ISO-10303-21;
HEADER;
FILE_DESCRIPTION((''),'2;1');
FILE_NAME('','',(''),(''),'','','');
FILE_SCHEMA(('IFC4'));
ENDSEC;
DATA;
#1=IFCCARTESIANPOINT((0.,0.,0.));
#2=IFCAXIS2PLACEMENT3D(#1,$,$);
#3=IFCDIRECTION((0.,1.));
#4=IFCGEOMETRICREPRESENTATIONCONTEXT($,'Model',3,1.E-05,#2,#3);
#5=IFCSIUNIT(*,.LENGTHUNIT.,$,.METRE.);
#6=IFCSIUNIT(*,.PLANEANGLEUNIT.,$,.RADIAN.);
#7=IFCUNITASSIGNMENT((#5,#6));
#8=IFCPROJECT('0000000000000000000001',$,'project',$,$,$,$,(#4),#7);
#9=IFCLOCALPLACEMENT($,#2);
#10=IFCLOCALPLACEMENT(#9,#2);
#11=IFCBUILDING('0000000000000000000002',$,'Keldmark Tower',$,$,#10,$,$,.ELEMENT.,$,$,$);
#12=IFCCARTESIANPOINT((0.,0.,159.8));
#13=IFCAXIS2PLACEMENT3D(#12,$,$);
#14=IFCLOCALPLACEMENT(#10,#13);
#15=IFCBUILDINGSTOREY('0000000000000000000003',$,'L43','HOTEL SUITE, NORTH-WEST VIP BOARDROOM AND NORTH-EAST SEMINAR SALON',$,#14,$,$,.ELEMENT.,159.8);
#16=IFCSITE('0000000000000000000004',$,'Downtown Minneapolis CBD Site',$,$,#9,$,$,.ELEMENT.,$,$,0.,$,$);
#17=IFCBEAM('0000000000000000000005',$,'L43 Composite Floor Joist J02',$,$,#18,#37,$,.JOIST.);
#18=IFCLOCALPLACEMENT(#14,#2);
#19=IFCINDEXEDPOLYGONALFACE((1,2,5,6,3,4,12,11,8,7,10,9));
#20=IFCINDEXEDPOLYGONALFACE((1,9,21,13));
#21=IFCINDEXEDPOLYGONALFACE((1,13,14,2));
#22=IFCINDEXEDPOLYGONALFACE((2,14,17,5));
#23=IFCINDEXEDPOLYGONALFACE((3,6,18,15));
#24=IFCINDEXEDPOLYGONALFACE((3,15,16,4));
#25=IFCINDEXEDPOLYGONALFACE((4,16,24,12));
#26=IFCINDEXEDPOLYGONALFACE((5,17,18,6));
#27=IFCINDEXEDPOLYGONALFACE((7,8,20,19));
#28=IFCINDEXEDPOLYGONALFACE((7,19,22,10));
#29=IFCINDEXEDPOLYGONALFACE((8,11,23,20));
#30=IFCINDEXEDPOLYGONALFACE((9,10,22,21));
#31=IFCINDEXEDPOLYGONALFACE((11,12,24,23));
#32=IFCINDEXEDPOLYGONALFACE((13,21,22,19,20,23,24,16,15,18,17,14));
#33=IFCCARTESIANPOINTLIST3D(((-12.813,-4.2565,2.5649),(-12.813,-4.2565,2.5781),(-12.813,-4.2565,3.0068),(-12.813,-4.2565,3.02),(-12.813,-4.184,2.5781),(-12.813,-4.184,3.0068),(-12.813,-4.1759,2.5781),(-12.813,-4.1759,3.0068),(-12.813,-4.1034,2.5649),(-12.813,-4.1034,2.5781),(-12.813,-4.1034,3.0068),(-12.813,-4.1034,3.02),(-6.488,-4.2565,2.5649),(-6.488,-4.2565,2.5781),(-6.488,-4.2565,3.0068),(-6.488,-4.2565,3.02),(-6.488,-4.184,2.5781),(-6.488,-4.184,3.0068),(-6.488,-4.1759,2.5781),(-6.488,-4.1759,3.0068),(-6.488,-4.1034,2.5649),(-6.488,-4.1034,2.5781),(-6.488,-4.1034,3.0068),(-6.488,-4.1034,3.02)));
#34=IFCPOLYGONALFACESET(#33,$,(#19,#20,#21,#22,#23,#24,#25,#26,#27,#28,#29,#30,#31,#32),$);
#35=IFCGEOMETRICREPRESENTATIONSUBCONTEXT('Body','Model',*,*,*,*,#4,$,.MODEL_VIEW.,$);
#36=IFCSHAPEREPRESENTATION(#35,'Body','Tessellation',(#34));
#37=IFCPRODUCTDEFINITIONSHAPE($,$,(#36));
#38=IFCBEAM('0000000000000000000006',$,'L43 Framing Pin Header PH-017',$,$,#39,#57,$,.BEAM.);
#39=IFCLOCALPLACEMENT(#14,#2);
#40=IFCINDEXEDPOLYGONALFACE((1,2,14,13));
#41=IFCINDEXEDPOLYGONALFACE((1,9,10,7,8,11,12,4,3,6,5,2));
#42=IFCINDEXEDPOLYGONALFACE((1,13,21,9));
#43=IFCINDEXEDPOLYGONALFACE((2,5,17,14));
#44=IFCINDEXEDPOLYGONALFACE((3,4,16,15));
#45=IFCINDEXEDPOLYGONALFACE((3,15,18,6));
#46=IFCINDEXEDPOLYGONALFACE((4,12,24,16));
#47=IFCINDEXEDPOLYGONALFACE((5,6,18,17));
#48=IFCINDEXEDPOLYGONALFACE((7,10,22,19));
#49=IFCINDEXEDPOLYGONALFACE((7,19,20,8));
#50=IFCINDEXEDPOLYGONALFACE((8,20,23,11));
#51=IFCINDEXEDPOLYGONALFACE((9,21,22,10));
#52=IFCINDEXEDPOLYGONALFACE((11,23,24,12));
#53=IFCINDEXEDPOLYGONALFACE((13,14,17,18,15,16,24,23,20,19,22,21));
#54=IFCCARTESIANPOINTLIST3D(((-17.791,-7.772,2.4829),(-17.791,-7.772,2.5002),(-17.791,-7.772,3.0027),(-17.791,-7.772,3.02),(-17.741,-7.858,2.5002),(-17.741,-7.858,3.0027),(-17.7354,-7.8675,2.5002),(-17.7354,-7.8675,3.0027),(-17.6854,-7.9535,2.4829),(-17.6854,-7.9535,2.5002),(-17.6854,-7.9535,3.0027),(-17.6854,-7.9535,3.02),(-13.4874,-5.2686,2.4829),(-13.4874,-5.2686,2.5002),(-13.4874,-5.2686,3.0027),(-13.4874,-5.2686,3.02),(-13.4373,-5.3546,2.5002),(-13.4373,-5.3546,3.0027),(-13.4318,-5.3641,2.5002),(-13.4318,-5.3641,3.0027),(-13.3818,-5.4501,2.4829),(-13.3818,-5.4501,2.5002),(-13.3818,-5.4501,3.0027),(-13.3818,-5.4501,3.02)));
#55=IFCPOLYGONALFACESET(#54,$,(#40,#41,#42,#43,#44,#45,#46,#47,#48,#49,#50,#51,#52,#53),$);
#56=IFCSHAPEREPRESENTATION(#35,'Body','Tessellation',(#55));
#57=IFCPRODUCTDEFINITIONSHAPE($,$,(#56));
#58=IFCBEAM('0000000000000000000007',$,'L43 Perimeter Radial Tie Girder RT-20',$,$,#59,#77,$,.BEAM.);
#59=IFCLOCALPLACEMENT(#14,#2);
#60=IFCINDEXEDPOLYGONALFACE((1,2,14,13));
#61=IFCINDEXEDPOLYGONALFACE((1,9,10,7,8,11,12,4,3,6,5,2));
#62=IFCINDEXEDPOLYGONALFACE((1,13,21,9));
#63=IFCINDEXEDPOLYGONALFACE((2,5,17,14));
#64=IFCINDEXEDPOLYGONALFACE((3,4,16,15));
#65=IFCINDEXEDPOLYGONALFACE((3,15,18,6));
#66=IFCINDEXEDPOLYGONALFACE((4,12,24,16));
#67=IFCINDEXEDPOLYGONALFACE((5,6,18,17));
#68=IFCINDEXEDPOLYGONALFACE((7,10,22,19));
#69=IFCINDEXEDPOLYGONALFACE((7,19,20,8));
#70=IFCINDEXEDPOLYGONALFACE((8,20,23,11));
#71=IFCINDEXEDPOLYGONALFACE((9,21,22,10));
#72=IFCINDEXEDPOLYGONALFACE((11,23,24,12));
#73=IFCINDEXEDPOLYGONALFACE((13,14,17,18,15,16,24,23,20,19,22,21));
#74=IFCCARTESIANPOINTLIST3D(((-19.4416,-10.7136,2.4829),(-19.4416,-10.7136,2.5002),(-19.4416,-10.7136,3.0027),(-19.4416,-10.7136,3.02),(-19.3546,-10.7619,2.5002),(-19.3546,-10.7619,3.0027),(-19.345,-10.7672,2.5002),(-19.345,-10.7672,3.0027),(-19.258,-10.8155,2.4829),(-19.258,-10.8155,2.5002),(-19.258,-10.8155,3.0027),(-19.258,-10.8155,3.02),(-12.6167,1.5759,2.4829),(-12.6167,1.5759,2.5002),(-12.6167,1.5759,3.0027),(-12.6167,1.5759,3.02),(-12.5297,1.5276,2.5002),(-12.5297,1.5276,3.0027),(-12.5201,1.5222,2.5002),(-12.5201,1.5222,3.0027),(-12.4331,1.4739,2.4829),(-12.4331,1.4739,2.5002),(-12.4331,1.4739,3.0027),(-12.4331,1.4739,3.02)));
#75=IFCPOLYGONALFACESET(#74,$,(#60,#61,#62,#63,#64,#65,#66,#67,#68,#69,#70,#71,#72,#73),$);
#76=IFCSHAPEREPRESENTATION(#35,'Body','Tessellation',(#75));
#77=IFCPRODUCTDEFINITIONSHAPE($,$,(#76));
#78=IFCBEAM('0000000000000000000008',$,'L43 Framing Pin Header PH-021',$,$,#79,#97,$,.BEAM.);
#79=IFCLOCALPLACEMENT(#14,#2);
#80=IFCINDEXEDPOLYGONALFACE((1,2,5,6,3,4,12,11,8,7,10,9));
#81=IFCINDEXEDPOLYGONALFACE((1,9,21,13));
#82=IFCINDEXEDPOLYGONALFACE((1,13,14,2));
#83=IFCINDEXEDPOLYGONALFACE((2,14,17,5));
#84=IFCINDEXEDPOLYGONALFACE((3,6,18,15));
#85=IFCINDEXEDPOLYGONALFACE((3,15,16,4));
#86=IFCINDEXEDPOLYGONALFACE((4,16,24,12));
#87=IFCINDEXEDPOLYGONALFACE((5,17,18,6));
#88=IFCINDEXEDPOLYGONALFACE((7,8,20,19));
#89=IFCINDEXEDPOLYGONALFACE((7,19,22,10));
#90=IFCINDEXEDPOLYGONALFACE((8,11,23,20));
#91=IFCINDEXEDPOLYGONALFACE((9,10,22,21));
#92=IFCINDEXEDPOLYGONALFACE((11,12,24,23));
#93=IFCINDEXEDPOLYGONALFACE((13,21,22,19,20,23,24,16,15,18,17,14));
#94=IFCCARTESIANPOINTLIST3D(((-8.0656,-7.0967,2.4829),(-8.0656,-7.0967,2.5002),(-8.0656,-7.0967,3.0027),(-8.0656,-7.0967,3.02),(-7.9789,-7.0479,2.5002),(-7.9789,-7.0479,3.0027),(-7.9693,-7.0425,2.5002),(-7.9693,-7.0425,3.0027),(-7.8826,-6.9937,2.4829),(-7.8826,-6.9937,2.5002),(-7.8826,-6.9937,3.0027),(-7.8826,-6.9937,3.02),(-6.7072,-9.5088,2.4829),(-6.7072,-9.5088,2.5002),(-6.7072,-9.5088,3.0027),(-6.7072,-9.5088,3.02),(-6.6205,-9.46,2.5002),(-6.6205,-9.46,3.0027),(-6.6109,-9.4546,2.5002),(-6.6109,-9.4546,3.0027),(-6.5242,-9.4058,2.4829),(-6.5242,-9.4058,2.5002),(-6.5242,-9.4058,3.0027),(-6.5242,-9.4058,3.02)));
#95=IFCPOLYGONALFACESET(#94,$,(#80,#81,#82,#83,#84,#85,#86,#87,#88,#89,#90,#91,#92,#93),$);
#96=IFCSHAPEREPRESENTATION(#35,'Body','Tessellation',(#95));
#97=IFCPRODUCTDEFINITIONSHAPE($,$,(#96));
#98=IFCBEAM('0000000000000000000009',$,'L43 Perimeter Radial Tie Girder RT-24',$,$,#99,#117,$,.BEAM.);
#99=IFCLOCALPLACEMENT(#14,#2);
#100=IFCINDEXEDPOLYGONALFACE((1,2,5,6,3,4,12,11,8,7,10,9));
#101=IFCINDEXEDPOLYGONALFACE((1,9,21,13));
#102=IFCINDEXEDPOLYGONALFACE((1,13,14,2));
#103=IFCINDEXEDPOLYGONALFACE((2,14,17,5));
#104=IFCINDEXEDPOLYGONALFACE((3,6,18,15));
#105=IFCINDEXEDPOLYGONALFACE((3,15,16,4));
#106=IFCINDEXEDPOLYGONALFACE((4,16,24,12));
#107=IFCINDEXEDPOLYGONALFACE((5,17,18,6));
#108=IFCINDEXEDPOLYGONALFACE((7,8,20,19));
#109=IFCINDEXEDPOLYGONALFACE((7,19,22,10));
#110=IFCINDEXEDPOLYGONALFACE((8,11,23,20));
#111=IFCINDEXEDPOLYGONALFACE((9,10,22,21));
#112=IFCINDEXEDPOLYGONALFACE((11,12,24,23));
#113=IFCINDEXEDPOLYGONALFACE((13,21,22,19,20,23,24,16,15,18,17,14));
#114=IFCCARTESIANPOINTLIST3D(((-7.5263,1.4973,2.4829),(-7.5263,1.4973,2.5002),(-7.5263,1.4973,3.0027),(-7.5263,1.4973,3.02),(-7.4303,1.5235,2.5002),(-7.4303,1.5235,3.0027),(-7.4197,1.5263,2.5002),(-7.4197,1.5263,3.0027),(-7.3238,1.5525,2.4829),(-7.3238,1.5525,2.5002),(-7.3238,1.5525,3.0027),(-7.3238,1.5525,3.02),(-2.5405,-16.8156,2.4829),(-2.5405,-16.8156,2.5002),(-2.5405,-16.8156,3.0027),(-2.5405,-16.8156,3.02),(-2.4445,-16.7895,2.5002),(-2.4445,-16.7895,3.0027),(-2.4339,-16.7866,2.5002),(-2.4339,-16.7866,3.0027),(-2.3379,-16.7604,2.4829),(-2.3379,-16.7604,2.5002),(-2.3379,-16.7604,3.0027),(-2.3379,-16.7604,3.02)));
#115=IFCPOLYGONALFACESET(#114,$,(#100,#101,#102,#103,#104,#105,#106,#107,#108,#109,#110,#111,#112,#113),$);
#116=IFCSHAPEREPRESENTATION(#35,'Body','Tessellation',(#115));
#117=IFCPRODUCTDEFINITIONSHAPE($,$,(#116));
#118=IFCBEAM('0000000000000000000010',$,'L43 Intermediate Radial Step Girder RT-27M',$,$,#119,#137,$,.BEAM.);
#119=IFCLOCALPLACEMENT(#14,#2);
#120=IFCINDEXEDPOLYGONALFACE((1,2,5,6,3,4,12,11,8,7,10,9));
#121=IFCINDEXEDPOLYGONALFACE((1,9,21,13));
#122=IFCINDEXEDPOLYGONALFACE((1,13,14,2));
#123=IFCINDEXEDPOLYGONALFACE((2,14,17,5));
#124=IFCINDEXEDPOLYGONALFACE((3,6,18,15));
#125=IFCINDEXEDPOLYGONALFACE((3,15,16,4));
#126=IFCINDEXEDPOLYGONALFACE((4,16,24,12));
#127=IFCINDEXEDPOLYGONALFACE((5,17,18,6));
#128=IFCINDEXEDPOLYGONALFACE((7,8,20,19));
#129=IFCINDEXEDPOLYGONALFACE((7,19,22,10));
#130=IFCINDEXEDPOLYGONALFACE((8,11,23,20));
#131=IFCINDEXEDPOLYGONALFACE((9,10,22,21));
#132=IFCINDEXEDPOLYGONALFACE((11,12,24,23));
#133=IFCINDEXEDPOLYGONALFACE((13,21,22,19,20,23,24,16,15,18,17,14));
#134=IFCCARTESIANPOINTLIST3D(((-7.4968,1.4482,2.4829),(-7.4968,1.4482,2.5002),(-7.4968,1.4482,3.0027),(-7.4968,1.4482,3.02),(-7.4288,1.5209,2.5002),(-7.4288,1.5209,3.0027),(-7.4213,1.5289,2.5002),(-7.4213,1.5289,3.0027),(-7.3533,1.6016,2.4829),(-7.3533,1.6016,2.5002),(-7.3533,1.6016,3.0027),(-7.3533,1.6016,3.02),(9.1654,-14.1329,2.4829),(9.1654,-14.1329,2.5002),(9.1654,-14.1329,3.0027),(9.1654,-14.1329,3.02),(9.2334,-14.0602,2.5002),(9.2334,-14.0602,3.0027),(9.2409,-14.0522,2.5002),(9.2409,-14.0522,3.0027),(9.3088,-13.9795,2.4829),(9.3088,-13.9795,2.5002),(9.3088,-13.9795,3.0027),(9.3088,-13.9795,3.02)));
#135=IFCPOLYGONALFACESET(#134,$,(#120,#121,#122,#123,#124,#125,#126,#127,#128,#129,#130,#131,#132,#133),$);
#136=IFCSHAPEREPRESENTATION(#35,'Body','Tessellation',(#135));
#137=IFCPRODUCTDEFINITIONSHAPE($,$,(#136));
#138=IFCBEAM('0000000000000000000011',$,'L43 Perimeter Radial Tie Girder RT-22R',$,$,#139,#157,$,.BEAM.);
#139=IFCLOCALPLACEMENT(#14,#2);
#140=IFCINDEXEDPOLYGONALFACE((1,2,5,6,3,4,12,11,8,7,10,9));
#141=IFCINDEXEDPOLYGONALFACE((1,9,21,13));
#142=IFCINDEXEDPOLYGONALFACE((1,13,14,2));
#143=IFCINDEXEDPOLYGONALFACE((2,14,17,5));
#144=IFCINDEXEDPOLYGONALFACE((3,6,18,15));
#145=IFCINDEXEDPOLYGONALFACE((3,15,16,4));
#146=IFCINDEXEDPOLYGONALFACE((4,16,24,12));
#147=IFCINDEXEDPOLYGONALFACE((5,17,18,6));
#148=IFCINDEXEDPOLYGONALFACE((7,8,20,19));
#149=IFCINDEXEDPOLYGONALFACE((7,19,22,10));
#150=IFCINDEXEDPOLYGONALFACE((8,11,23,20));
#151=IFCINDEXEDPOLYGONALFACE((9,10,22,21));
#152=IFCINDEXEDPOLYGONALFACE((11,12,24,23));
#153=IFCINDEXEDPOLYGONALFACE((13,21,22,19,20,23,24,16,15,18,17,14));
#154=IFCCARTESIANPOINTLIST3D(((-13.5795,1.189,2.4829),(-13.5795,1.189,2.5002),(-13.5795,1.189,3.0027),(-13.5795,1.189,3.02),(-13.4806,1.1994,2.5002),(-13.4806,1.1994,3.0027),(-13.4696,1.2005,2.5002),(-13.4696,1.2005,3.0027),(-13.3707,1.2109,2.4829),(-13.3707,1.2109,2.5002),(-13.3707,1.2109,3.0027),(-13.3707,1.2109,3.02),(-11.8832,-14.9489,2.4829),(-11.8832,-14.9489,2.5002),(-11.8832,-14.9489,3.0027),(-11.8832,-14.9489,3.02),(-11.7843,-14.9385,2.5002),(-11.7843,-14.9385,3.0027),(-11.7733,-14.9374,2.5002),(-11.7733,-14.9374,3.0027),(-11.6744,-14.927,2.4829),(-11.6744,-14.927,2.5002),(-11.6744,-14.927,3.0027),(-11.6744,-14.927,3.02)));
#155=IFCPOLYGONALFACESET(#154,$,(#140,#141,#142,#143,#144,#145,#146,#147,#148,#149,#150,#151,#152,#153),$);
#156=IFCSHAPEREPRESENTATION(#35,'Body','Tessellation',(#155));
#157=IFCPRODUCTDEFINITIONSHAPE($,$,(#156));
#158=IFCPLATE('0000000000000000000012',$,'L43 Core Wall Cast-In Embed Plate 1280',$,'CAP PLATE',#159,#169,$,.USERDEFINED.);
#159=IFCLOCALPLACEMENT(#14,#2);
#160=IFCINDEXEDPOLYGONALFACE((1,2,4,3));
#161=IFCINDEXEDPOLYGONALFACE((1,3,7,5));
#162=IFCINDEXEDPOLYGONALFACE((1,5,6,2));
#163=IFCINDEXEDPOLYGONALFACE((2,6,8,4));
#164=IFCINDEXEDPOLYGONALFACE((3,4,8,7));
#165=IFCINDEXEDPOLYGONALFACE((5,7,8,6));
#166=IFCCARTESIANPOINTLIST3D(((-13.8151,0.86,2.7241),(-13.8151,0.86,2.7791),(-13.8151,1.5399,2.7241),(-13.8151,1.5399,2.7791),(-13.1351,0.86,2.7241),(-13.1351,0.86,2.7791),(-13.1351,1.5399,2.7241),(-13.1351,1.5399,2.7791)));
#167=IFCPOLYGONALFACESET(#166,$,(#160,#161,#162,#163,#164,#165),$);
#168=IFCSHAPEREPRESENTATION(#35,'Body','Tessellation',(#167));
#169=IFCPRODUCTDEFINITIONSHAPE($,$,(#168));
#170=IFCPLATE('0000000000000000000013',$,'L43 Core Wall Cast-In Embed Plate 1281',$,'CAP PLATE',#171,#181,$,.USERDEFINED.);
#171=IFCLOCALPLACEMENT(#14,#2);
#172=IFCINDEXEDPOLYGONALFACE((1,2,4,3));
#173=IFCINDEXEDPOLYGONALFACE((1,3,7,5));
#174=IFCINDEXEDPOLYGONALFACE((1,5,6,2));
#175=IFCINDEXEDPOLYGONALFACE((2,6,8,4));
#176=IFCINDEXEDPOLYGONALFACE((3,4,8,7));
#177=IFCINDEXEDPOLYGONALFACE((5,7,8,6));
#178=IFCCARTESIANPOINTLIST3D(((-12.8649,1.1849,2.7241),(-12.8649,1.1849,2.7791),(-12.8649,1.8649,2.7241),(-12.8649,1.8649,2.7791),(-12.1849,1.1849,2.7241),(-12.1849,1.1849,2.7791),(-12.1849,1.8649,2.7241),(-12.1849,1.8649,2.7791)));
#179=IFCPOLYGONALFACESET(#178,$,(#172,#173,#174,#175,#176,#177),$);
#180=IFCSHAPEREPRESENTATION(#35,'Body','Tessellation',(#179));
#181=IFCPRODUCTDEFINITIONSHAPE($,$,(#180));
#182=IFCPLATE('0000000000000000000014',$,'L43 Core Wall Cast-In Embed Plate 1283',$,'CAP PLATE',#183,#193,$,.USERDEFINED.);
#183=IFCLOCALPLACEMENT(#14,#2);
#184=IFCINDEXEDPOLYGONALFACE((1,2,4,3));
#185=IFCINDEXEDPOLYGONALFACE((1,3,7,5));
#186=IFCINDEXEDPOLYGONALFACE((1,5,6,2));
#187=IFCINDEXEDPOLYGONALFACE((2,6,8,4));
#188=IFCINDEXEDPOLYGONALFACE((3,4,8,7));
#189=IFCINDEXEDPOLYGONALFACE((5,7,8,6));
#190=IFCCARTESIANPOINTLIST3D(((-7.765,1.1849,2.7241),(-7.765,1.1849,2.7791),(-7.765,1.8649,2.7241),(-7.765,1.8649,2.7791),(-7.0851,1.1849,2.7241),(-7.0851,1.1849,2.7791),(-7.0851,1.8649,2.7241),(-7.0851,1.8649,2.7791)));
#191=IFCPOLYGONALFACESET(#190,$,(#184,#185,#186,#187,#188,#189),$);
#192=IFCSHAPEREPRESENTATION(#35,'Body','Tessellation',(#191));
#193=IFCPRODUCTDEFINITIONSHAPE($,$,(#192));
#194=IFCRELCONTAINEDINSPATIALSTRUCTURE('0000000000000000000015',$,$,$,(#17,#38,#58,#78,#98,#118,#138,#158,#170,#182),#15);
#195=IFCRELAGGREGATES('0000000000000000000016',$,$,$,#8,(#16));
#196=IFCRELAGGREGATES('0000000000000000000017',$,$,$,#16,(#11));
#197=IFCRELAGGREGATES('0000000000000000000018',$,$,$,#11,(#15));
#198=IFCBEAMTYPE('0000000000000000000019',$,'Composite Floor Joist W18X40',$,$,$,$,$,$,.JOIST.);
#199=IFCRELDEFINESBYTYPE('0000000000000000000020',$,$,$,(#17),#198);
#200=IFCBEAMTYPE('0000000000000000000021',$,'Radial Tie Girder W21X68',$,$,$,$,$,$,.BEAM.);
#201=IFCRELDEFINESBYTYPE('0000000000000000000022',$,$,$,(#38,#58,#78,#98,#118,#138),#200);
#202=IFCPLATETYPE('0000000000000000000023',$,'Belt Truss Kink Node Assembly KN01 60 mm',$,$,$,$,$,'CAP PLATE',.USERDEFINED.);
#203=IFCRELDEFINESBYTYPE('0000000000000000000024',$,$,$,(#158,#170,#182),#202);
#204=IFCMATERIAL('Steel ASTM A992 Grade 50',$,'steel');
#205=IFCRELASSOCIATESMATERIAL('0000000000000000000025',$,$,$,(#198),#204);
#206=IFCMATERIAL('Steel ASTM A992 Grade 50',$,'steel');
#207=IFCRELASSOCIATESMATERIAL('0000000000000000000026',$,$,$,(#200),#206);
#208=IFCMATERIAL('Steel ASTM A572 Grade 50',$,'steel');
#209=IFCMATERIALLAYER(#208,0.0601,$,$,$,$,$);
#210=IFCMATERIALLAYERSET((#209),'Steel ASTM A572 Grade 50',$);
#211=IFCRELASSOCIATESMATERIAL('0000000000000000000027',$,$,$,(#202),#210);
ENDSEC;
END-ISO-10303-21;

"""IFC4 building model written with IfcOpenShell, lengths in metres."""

from ifc_helpers import new_model, si_unit, direction, frame, origin, origin_2d, place, context, subcontext, project, spatial, rectangle, i_section, extrude, material, layer, layer_set, material_profile, profile_set, type_object, element, save


model = new_model("IFC4")

# Units and contexts
model_context = context("Model", 3, precision=1e-05, world=origin(), true_north=direction((0.0, 1.0)))
body_context = subcontext(model_context, "Body", "Model", "MODEL_VIEW")
ifc_project = project(units=[si_unit("LENGTHUNIT", "METRE"), si_unit("PLANEANGLEUNIT", "RADIAN")], contexts=[model_context])

# Site, building, storey
site_placement = place(None, origin())
site = spatial("IfcSite", under=ifc_project, at=site_placement, Name="Downtown Minneapolis CBD Site", CompositionType="ELEMENT", RefElevation=0.0)
building_placement = place(site_placement, origin())
building = spatial("IfcBuilding", under=site, at=building_placement, Name="Keldmark Tower", CompositionType="ELEMENT")
storey_placement = place(building_placement, frame((0.0, 0.0, 159.8)))
storey = spatial("IfcBuildingStorey", under=building, at=storey_placement, Name="L43", Description="HOTEL SUITE, NORTH-WEST VIP BOARDROOM AND NORTH-EAST SEMINAR SALON", CompositionType="ELEMENT", Elevation=159.8)

# Beams
ifc_material_1 = material(Name="Steel ASTM A992 Grade 50", Category="steel")
ifc_material_profile_1 = material_profile(ifc_material_1, i_section(OverallWidth=0.1531, OverallDepth=0.4551, WebThickness=0.0081, FlangeThickness=0.0132, at=origin_2d()), Name="W18X40")
ifc_profile_set_1 = profile_set([ifc_material_profile_1], Name="Steel ASTM A992 Grade 50")
beam_type_1 = type_object("IfcBeamType", Name="Composite Floor Joist W18X40", PredefinedType="JOIST", material=ifc_profile_set_1)
beam_1_placement = place(storey_placement, frame((-12.813, -4.1799, 2.7925), z_axis=(1.0, 0.0, 0.0), x_axis=(0.0, 1.0, 0.0)))
element("IfcBeam", 1, at=beam_1_placement, inside=storey, type_object=beam_type_1, Name="L43 Composite Floor Joist J02", PredefinedType="JOIST", context=body_context, shape_type="SweptSolid", body=[
    extrude(i_section(OverallWidth=0.1531, OverallDepth=0.4551, WebThickness=0.0081, FlangeThickness=0.0132, at=origin_2d()), origin(), (0.0, 0.0, 1.0), 6.325),
])
ifc_material_2 = material(Name="Steel ASTM A992 Grade 50", Category="steel")
ifc_material_profile_2 = material_profile(ifc_material_2, i_section(OverallWidth=0.21, OverallDepth=0.5371, WebThickness=0.011, FlangeThickness=0.0173, at=origin_2d()), Name="W21X68")
ifc_profile_set_2 = profile_set([ifc_material_profile_2], Name="Steel ASTM A992 Grade 50")
beam_type_2 = type_object("IfcBeamType", Name="Radial Tie Girder W21X68", PredefinedType="BEAM", material=ifc_profile_set_2)
beam_2_placement = place(storey_placement, frame((-13.4346, -5.3594, 2.7515), z_axis=(-0.864397, -0.50281, 0.0), x_axis=(0.50281, -0.864397, 0.0)))
element("IfcBeam", 2, at=beam_2_placement, inside=storey, type_object=beam_type_2, Name="L43 Framing Pin Header PH-017", PredefinedType="BEAM", context=body_context, shape_type="SweptSolid", body=[
    extrude(i_section(OverallWidth=0.21, OverallDepth=0.5371, WebThickness=0.011, FlangeThickness=0.0173, at=origin_2d()), origin(), (0.0, 0.0, 1.0), 4.9788),
])
beam_3_placement = place(storey_placement, frame((-12.5249, 1.5249, 2.7515), z_axis=(-0.485503, -0.874235, 0.0), x_axis=(0.874235, -0.485503, 0.0)))
element("IfcBeam", 3, at=beam_3_placement, inside=storey, type_object=beam_type_2, Name="L43 Perimeter Radial Tie Girder RT-20", PredefinedType="BEAM", context=body_context, shape_type="SweptSolid", body=[
    extrude(i_section(OverallWidth=0.21, OverallDepth=0.5371, WebThickness=0.011, FlangeThickness=0.0173, at=origin_2d()), origin(), (0.0, 0.0, 1.0), 14.0574),
])
beam_4_placement = place(storey_placement, frame((-7.9741, -7.0452, 2.7515), z_axis=(0.490697, -0.87133, 0.0), x_axis=(0.87133, 0.490697, 0.0)))
element("IfcBeam", 4, at=beam_4_placement, inside=storey, type_object=beam_type_2, Name="L43 Framing Pin Header PH-021", PredefinedType="BEAM", context=body_context, shape_type="SweptSolid", body=[
    extrude(i_section(OverallWidth=0.21, OverallDepth=0.5371, WebThickness=0.011, FlangeThickness=0.0173, at=origin_2d()), origin(), (0.0, 0.0, 1.0), 2.7683),
])
beam_5_placement = place(storey_placement, frame((-7.425, 1.5249, 2.7515), z_axis=(0.262695, -0.964879, 0.0), x_axis=(0.964879, 0.262695, 0.0)))
element("IfcBeam", 5, at=beam_5_placement, inside=storey, type_object=beam_type_2, Name="L43 Perimeter Radial Tie Girder RT-24", PredefinedType="BEAM", context=body_context, shape_type="SweptSolid", body=[
    extrude(i_section(OverallWidth=0.21, OverallDepth=0.5371, WebThickness=0.011, FlangeThickness=0.0173, at=origin_2d()), origin(), (0.0, 0.0, 1.0), 18.9795),
])
beam_6_placement = place(storey_placement, frame((-7.425, 1.5249, 2.7515), z_axis=(0.730404, -0.683015, 0.0), x_axis=(0.683015, 0.730404, 0.0)))
element("IfcBeam", 6, at=beam_6_placement, inside=storey, type_object=beam_type_2, Name="L43 Intermediate Radial Step Girder RT-27M", PredefinedType="BEAM", context=body_context, shape_type="SweptSolid", body=[
    extrude(i_section(OverallWidth=0.21, OverallDepth=0.5371, WebThickness=0.011, FlangeThickness=0.0173, at=origin_2d()), origin(), (0.0, 0.0, 1.0), 22.8123),
])
beam_7_placement = place(storey_placement, frame((-13.4751, 1.2, 2.7515), z_axis=(0.104536, -0.994521, 0.0), x_axis=(0.994521, 0.104536, 0.0)))
element("IfcBeam", 7, at=beam_7_placement, inside=storey, type_object=beam_type_2, Name="L43 Perimeter Radial Tie Girder RT-22R", PredefinedType="BEAM", context=body_context, shape_type="SweptSolid", body=[
    extrude(i_section(OverallWidth=0.21, OverallDepth=0.5371, WebThickness=0.011, FlangeThickness=0.0173, at=origin_2d()), origin(), (0.0, 0.0, 1.0), 16.2268),
])

# Plates
ifc_material_3 = material(Name="Steel ASTM A572 Grade 50", Category="steel")
ifc_layer_1 = layer(ifc_material_3, 0.0601)
ifc_layer_set_1 = layer_set([ifc_layer_1], Name="Steel ASTM A572 Grade 50")
plate_type = type_object("IfcPlateType", Name="Belt Truss Kink Node Assembly KN01 60 mm", ElementType="CAP PLATE", PredefinedType="USERDEFINED", material=ifc_layer_set_1)
for number, where, z_axis, x_axis, name in (
    (8, (-13.4751, 1.2, 2.7241), (0.0, 0.0, 1.0), (1.0, 0.0, 0.0), "L43 Core Wall Cast-In Embed Plate 1280"),
    (9, (-12.5249, 1.5249, 2.7241), (0.0, 0.0, 1.0), (1.0, 0.0, 0.0), "L43 Core Wall Cast-In Embed Plate 1281"),
    (10, (-7.425, 1.5249, 2.7241), (0.0, 0.0, 1.0), (1.0, 0.0, 0.0), "L43 Core Wall Cast-In Embed Plate 1283"),
):
    element("IfcPlate", number, at=place(storey_placement, frame(where, z_axis=z_axis, x_axis=x_axis)), inside=storey, type_object=plate_type, Name=name, ObjectType="CAP PLATE", PredefinedType="USERDEFINED", context=body_context, shape_type="SweptSolid", body=[
        extrude(rectangle(XDim=0.6799, YDim=0.6799, at=origin_2d()), origin(), (0.0, 0.0, 1.0), 0.0549),
    ])

save(model, "model.ifc")
